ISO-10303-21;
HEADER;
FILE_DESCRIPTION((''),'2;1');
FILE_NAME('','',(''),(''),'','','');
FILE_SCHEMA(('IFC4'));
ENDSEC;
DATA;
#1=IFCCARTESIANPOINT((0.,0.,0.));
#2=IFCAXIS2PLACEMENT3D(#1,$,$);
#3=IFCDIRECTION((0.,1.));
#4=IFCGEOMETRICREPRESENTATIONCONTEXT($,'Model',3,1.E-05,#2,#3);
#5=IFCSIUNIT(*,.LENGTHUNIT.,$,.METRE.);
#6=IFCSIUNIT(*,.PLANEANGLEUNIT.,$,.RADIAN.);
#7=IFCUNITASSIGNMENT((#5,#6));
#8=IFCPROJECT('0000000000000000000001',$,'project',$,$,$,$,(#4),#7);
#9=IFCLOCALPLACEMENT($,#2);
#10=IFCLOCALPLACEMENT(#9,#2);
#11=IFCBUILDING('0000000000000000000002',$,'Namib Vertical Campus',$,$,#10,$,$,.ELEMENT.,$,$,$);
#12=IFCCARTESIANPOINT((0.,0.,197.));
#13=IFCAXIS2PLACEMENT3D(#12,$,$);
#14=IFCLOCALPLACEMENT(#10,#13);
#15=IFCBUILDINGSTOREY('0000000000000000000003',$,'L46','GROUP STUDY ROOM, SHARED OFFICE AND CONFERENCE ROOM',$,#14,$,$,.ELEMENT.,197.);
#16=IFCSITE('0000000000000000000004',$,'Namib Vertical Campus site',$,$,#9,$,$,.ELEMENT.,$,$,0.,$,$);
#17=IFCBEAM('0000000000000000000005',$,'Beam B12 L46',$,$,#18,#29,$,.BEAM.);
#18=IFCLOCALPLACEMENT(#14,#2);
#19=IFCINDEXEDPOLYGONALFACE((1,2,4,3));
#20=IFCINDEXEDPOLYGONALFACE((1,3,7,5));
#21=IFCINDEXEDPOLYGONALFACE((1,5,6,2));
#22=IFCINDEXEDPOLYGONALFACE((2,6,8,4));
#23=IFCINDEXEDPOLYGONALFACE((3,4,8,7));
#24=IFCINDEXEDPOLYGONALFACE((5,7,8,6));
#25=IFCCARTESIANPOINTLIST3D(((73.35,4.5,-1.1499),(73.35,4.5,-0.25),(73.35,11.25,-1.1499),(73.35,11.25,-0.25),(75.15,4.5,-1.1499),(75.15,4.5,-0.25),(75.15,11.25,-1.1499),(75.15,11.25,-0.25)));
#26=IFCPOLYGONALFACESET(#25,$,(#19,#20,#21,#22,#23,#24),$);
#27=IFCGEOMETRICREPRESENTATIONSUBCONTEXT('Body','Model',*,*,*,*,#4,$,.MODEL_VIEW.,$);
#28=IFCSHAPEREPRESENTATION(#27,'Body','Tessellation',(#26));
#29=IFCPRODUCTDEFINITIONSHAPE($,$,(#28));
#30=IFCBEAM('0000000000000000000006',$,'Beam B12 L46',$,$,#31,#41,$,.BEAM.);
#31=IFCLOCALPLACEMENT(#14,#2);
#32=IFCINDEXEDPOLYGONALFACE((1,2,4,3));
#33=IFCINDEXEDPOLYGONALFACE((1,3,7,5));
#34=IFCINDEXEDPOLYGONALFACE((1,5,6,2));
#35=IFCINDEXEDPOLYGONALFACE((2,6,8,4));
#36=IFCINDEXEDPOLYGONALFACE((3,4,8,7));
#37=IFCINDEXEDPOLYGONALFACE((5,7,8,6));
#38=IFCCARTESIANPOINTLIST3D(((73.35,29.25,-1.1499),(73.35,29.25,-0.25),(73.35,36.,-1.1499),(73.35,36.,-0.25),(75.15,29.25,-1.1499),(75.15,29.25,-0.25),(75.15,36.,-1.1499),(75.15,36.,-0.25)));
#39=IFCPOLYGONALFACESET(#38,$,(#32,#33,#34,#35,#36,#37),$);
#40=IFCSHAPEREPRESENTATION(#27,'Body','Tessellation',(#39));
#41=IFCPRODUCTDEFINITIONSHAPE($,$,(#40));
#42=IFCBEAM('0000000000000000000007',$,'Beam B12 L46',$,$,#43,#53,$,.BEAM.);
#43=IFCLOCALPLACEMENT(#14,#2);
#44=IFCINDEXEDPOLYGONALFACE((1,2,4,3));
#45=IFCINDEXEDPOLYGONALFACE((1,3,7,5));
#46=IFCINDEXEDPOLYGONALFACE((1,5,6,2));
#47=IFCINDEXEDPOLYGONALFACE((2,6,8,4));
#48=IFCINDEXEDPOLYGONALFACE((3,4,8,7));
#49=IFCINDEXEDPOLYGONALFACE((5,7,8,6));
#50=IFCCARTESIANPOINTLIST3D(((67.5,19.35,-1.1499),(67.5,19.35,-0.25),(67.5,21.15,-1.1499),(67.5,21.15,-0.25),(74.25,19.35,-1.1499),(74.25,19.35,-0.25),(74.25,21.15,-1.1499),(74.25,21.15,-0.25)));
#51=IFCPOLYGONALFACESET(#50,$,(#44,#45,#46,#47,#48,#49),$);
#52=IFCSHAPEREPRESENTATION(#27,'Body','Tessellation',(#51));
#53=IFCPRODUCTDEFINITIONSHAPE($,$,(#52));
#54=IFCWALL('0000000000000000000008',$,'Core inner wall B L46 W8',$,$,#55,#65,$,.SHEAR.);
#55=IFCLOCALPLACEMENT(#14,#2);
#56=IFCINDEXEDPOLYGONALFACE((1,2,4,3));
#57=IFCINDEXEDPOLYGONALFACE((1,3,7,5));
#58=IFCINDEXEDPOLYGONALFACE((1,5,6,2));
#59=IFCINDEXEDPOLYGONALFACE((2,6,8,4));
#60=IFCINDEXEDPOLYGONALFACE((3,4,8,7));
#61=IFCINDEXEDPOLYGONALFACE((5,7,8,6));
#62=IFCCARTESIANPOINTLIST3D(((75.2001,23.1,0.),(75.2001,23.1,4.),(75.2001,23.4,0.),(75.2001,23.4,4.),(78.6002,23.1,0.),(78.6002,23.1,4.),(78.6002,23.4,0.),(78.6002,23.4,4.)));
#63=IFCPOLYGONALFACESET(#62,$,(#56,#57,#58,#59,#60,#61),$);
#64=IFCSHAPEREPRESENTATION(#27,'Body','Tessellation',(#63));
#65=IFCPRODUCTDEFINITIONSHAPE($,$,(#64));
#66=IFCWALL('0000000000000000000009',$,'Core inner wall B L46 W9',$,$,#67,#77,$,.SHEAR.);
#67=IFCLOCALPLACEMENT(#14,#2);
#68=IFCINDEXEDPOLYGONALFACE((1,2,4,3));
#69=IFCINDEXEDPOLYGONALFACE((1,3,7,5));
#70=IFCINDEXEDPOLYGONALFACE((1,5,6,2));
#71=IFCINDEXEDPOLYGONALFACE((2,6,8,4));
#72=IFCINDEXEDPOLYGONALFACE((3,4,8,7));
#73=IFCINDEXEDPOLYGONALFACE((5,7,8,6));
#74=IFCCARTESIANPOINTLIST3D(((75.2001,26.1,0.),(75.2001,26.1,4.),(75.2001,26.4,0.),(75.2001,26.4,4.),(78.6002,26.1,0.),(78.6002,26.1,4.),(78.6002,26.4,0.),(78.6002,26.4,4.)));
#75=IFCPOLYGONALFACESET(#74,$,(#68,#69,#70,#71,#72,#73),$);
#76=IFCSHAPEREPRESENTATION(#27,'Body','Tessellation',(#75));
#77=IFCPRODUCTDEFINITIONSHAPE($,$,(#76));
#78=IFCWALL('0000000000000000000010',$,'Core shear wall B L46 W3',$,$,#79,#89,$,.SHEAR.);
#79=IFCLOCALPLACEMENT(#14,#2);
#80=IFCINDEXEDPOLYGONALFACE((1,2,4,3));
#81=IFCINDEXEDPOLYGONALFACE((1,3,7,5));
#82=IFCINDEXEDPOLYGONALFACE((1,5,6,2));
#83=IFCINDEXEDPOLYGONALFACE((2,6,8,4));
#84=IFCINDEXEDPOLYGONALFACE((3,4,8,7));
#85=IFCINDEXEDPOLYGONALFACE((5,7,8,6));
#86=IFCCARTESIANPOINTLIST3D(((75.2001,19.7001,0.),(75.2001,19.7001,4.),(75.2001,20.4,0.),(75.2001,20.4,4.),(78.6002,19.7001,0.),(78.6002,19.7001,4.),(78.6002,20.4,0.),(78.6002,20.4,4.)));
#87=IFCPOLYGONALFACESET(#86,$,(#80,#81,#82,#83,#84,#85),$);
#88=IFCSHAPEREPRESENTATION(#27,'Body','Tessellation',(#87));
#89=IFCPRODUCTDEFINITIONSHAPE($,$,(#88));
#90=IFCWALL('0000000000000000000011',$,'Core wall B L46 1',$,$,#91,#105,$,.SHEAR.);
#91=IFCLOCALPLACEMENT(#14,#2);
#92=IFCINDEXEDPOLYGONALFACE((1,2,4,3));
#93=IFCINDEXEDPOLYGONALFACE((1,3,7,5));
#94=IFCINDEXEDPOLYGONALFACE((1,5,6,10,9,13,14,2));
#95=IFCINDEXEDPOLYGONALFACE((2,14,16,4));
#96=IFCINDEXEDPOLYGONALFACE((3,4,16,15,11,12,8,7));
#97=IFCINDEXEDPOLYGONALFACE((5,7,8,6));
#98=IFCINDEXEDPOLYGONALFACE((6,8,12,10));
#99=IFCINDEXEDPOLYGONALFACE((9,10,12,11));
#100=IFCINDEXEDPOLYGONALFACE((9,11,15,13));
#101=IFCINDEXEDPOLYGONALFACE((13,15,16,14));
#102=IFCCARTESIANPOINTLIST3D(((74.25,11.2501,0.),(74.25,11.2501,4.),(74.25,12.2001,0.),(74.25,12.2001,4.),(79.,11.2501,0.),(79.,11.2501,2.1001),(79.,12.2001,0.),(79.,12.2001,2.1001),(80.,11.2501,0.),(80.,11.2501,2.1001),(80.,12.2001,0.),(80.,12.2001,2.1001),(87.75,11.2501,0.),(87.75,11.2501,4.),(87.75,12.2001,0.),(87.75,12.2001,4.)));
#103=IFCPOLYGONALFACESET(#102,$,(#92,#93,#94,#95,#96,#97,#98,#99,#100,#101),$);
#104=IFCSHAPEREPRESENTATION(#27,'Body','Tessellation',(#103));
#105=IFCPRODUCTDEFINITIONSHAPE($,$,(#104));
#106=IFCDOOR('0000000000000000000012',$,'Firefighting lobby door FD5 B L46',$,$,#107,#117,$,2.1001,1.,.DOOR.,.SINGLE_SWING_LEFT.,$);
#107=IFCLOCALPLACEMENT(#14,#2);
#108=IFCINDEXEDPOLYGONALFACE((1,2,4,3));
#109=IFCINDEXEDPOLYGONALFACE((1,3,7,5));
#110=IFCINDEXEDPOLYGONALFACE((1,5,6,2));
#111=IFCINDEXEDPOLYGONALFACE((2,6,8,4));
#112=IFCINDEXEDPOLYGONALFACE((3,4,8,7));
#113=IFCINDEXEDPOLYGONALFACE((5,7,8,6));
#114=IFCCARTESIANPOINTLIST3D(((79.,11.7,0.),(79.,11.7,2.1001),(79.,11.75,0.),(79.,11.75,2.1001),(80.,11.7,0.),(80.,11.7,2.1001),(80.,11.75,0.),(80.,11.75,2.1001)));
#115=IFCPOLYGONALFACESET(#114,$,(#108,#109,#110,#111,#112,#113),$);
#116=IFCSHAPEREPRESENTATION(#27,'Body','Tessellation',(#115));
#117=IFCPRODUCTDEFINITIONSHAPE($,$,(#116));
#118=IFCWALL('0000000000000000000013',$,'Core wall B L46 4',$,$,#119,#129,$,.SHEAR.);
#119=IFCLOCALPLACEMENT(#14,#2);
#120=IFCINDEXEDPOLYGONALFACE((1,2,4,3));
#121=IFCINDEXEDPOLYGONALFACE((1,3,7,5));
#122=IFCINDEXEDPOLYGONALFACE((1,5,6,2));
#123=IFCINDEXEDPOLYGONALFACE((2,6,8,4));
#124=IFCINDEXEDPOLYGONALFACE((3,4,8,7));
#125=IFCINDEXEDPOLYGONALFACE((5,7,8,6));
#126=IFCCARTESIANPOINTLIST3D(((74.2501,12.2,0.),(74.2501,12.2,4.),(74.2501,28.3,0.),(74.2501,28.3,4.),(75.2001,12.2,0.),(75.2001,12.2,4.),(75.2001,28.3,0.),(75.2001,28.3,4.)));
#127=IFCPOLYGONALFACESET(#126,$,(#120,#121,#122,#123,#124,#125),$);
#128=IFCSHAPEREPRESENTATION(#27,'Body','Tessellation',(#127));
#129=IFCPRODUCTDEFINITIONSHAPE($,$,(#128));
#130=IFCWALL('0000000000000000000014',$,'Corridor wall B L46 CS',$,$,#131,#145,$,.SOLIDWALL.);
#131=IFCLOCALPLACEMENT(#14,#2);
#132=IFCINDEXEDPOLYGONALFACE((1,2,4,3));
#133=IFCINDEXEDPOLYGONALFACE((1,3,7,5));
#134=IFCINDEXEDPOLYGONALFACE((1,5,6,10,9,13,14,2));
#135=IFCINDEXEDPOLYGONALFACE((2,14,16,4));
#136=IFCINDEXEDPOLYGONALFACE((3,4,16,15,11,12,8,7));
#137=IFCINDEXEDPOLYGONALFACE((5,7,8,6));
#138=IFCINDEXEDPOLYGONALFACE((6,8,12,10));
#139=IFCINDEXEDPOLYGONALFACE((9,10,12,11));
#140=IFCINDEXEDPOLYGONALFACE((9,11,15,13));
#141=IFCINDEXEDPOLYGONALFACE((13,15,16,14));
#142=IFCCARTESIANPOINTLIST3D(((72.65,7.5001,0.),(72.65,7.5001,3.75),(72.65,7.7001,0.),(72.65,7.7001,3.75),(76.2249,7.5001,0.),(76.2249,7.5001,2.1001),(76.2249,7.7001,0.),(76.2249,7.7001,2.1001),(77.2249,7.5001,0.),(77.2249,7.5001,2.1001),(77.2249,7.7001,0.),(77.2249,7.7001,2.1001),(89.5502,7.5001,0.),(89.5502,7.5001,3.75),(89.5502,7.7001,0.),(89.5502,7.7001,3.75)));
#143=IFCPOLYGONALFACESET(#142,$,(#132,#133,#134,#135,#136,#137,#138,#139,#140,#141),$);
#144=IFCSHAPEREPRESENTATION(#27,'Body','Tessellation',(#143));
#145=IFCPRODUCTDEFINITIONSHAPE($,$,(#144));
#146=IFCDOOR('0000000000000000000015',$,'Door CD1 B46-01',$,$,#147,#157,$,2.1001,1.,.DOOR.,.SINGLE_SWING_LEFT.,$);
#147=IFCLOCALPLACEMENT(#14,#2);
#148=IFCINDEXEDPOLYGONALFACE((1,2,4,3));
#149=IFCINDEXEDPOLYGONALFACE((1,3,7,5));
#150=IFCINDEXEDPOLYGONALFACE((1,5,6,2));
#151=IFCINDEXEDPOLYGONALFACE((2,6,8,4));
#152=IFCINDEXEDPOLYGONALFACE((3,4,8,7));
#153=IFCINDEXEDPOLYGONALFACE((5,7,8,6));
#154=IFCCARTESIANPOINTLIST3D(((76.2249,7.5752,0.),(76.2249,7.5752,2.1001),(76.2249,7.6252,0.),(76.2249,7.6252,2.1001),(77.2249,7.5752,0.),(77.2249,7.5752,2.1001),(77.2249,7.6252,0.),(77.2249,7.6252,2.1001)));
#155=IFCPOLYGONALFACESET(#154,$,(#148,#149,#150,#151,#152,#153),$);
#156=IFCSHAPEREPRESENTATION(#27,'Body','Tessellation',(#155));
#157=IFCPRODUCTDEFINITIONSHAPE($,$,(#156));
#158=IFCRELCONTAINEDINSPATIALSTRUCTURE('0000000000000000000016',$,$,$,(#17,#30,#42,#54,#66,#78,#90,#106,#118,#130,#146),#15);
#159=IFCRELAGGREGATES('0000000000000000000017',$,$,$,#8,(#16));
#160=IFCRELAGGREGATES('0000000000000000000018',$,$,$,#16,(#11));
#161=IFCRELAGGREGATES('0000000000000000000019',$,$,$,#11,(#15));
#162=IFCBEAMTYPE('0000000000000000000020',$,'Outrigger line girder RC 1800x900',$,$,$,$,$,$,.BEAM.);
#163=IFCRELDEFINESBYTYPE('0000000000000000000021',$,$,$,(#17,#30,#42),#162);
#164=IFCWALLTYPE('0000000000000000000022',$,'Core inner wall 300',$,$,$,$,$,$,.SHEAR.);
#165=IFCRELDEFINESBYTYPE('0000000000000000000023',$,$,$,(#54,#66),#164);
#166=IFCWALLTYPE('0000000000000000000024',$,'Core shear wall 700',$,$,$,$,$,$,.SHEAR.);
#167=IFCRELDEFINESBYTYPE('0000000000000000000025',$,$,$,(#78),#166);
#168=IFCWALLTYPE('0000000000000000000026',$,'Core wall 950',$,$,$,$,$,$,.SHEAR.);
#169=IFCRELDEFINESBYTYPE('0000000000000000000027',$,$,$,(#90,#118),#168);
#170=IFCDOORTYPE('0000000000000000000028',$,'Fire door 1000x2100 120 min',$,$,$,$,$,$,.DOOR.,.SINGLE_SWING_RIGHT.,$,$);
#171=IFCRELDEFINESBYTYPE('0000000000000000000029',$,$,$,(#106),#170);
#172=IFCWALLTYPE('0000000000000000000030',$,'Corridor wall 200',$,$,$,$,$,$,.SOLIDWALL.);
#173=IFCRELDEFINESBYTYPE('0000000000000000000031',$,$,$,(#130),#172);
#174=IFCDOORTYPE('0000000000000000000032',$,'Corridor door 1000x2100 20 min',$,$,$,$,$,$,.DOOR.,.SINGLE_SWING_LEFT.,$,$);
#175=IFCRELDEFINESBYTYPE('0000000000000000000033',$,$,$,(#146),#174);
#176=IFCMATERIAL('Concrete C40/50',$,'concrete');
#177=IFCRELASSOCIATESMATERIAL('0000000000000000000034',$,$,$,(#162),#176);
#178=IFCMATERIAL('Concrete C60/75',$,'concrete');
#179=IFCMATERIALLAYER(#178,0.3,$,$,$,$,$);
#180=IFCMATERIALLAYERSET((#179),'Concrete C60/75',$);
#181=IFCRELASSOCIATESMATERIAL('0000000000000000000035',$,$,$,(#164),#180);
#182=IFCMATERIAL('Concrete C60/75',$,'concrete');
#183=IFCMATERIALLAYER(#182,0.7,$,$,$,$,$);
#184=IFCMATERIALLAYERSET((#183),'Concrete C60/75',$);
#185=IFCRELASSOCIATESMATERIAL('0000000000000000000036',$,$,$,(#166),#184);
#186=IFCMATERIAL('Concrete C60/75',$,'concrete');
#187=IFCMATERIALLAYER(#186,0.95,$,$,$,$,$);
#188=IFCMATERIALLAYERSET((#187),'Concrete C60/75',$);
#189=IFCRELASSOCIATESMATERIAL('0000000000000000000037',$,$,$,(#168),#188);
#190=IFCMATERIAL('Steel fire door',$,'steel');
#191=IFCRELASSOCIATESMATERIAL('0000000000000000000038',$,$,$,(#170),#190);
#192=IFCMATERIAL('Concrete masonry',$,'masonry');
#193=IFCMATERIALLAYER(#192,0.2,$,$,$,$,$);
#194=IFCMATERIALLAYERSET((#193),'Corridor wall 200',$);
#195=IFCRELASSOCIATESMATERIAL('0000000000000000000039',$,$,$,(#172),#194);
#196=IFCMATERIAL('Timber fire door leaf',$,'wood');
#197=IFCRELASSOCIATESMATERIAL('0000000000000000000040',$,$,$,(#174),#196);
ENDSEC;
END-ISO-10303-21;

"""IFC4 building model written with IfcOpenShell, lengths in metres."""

from ifc_helpers import new_model, si_unit, direction, frame, frame_2d, origin, origin_2d, place, context, subcontext, project, spatial, rectangle, extrude, material, layer, layer_set, material_profile, profile_set, type_object, element, fill, save


model = new_model("IFC4")

# Units and contexts
model_context = context("Model", 3, precision=1e-05, world=origin(), true_north=direction((0.0, 1.0)))
body_context = subcontext(model_context, "Body", "Model", "MODEL_VIEW")
ifc_project = project(units=[si_unit("LENGTHUNIT", "METRE"), si_unit("PLANEANGLEUNIT", "RADIAN")], contexts=[model_context])

# Site, building, storey
site_placement = place(None, origin())
site = spatial("IfcSite", under=ifc_project, at=site_placement, Name="Namib Vertical Campus site", CompositionType="ELEMENT", RefElevation=0.0)
building_placement = place(site_placement, origin())
building = spatial("IfcBuilding", under=site, at=building_placement, Name="Namib Vertical Campus", CompositionType="ELEMENT")
storey_placement = place(building_placement, frame((0.0, 0.0, 197.0)))
storey = spatial("IfcBuildingStorey", under=building, at=storey_placement, Name="L46", Description="GROUP STUDY ROOM, SHARED OFFICE AND CONFERENCE ROOM", CompositionType="ELEMENT", Elevation=197.0)

# Beams
ifc_material_1 = material(Name="Concrete C40/50", Category="concrete")
ifc_material_profile_1 = material_profile(ifc_material_1, rectangle(XDim=1.8, YDim=0.8999, at=origin_2d()))
ifc_profile_set_1 = profile_set([ifc_material_profile_1], Name="Concrete C40/50")
beam_type_1 = type_object("IfcBeamType", Name="Outrigger line girder RC 1800x900", PredefinedType="BEAM", material=ifc_profile_set_1)
for number, where, z_axis, x_axis, name in (
    (1, (74.25, 4.5, -0.7), (0.0, 1.0, 0.0), (-1.0, 0.0, 0.0), "Beam B12 L46"),
    (2, (74.25, 36.0, -0.7), (0.0, -1.0, 0.0), (1.0, 0.0, 0.0), "Beam B12 L46"),
    (3, (67.5, 20.25, -0.7), (1.0, 0.0, 0.0), (0.0, 1.0, 0.0), "Beam B12 L46"),
):
    element("IfcBeam", number, at=place(storey_placement, frame(where, z_axis=z_axis, x_axis=x_axis)), inside=storey, type_object=beam_type_1, Name=name, PredefinedType="BEAM", context=body_context, shape_type="SweptSolid", body=[
        extrude(rectangle(XDim=1.8, YDim=0.8999, at=origin_2d()), origin(), (0.0, 0.0, 1.0), 6.75),
    ])

# Walls
ifc_material_2 = material(Name="Concrete C60/75", Category="concrete")
ifc_layer_1 = layer(ifc_material_2, 0.3)
ifc_layer_set_1 = layer_set([ifc_layer_1], Name="Concrete C60/75")
wall_type_1 = type_object("IfcWallType", Name="Core inner wall 300", PredefinedType="SHEAR", material=ifc_layer_set_1)
for number, where, z_axis, x_axis, name in (
    (4, (75.2, 23.25, 0.0), (0.0, 0.0, 1.0), (1.0, 0.0, 0.0), "Core inner wall B L46 W8"),
    (5, (75.2, 26.25, 0.0), (0.0, 0.0, 1.0), (1.0, 0.0, 0.0), "Core inner wall B L46 W9"),
):
    element("IfcWall", number, at=place(storey_placement, frame(where, z_axis=z_axis, x_axis=x_axis)), inside=storey, type_object=wall_type_1, Name=name, PredefinedType="SHEAR", context=body_context, shape_type="SweptSolid", body=[
        extrude(rectangle(XDim=3.4001, YDim=0.3, at=frame_2d((1.7002, 0.0))), origin(), (0.0, 0.0, 1.0), 4.0),
    ])
ifc_material_3 = material(Name="Concrete C60/75", Category="concrete")
ifc_layer_2 = layer(ifc_material_3, 0.7)
ifc_layer_set_2 = layer_set([ifc_layer_2], Name="Concrete C60/75")
wall_type_2 = type_object("IfcWallType", Name="Core shear wall 700", PredefinedType="SHEAR", material=ifc_layer_set_2)
wall_1_placement = place(storey_placement, frame((75.2, 20.05, 0.0), z_axis=(0.0, 0.0, 1.0), x_axis=(1.0, 0.0, 0.0)))
element("IfcWall", 6, at=wall_1_placement, inside=storey, type_object=wall_type_2, Name="Core shear wall B L46 W3", PredefinedType="SHEAR", context=body_context, shape_type="SweptSolid", body=[
    extrude(rectangle(XDim=3.4001, YDim=0.7, at=frame_2d((1.7002, 0.0))), origin(), (0.0, 0.0, 1.0), 4.0),
])

# Wall, opening, door
ifc_material_4 = material(Name="Concrete C60/75", Category="concrete")
ifc_layer_3 = layer(ifc_material_4, 0.95)
ifc_layer_set_3 = layer_set([ifc_layer_3], Name="Concrete C60/75")
wall_type_3 = type_object("IfcWallType", Name="Core wall 950", PredefinedType="SHEAR", material=ifc_layer_set_3)
wall_2_placement = place(storey_placement, frame((74.25, 11.7251, 0.0), z_axis=(0.0, 0.0, 1.0), x_axis=(1.0, 0.0, 0.0)))
wall_2 = element("IfcWall", 7, at=wall_2_placement, inside=storey, type_object=wall_type_3, Name="Core wall B L46 1", PredefinedType="SHEAR", context=body_context, shape_type="SweptSolid", body=[
    extrude(rectangle(XDim=13.5, YDim=0.95, at=frame_2d((6.75, 0.0))), origin(), (0.0, 0.0, 1.0), 4.0),
])
opening_1_placement = place(wall_2_placement, frame((4.75, 0.0, 0.0)))
opening_1 = element("IfcOpeningElement", 8, at=opening_1_placement, cuts=wall_2, PredefinedType="OPENING", context=body_context, shape_type="SweptSolid", body=[
    extrude(rectangle(XDim=1.0, YDim=2.1001, at=frame_2d((0.5, 1.05))), frame((0.0, 0.4849, 0.0), z_axis=(0.0, -1.0, 0.0), x_axis=(1.0, 0.0, 0.0)), (0.0, 0.0, 1.0), 0.97),
])
ifc_material_5 = material(Name="Steel fire door", Category="steel")
door_type_1 = type_object("IfcDoorType", Name="Fire door 1000x2100 120 min", OperationType="SINGLE_SWING_RIGHT", PredefinedType="DOOR", material=ifc_material_5)
door_1_placement = place(opening_1_placement, origin())
door_1 = element("IfcDoor", 9, at=door_1_placement, inside=storey, type_object=door_type_1, Name="Firefighting lobby door FD5 B L46", OperationType="SINGLE_SWING_LEFT", OverallHeight=2.1001, OverallWidth=1.0, PredefinedType="DOOR", context=body_context, shape_type="SweptSolid", body=[
    extrude(rectangle(XDim=1.0, YDim=2.1001, at=frame_2d((0.5, 1.05))), frame((0.0, 0.0249, 0.0), z_axis=(0.0, -1.0, 0.0), x_axis=(1.0, 0.0, 0.0)), (0.0, 0.0, 1.0), 0.05),
])
fill(opening_1, door_1)

# Wall
wall_3_placement = place(storey_placement, frame((74.7251, 28.3, 0.0), z_axis=(0.0, 0.0, 1.0), x_axis=(0.0, -1.0, 0.0)))
element("IfcWall", 10, at=wall_3_placement, inside=storey, type_object=wall_type_3, Name="Core wall B L46 4", PredefinedType="SHEAR", context=body_context, shape_type="SweptSolid", body=[
    extrude(rectangle(XDim=16.1001, YDim=0.95, at=frame_2d((8.05, 0.0))), origin(), (0.0, 0.0, 1.0), 4.0),
])

# Wall, opening, door
ifc_material_6 = material(Name="Concrete masonry", Category="masonry")
ifc_layer_4 = layer(ifc_material_6, 0.2)
ifc_layer_set_4 = layer_set([ifc_layer_4], Name="Corridor wall 200")
wall_type_4 = type_object("IfcWallType", Name="Corridor wall 200", PredefinedType="SOLIDWALL", material=ifc_layer_set_4)
wall_4_placement = place(storey_placement, frame((72.6499, 7.6001, 0.0), z_axis=(0.0, 0.0, 1.0), x_axis=(1.0, 0.0, 0.0)))
wall_4 = element("IfcWall", 11, at=wall_4_placement, inside=storey, type_object=wall_type_4, Name="Corridor wall B L46 CS", PredefinedType="SOLIDWALL", context=body_context, shape_type="SweptSolid", body=[
    extrude(rectangle(XDim=16.9001, YDim=0.2, at=frame_2d((8.4502, 0.0))), origin(), (0.0, 0.0, 1.0), 3.75),
])
opening_2_placement = place(wall_4_placement, frame((3.575, 0.0, 0.0)))
opening_2 = element("IfcOpeningElement", 12, at=opening_2_placement, cuts=wall_4, PredefinedType="OPENING", context=body_context, shape_type="SweptSolid", body=[
    extrude(rectangle(XDim=1.0, YDim=2.1001, at=frame_2d((0.5, 1.05))), frame((0.0, 0.1099, 0.0), z_axis=(0.0, -1.0, 0.0), x_axis=(1.0, 0.0, 0.0)), (0.0, 0.0, 1.0), 0.22),
])
ifc_material_7 = material(Name="Timber fire door leaf", Category="wood")
door_type_2 = type_object("IfcDoorType", Name="Corridor door 1000x2100 20 min", OperationType="SINGLE_SWING_LEFT", PredefinedType="DOOR", material=ifc_material_7)
door_2_placement = place(opening_2_placement, frame((1.0, 0.0, 0.0), z_axis=(0.0, 0.0, 1.0), x_axis=(-1.0, 0.0, 0.0)))
door_2 = element("IfcDoor", 13, at=door_2_placement, inside=storey, type_object=door_type_2, Name="Door CD1 B46-01", OperationType="SINGLE_SWING_LEFT", OverallHeight=2.1001, OverallWidth=1.0, PredefinedType="DOOR", context=body_context, shape_type="SweptSolid", body=[
    extrude(rectangle(XDim=1.0, YDim=2.1001, at=frame_2d((0.5, 1.05))), frame((0.0, 0.0249, 0.0), z_axis=(0.0, -1.0, 0.0), x_axis=(1.0, 0.0, 0.0)), (0.0, 0.0, 1.0), 0.05),
])
fill(opening_2, door_2)

save(model, "model.ifc")
